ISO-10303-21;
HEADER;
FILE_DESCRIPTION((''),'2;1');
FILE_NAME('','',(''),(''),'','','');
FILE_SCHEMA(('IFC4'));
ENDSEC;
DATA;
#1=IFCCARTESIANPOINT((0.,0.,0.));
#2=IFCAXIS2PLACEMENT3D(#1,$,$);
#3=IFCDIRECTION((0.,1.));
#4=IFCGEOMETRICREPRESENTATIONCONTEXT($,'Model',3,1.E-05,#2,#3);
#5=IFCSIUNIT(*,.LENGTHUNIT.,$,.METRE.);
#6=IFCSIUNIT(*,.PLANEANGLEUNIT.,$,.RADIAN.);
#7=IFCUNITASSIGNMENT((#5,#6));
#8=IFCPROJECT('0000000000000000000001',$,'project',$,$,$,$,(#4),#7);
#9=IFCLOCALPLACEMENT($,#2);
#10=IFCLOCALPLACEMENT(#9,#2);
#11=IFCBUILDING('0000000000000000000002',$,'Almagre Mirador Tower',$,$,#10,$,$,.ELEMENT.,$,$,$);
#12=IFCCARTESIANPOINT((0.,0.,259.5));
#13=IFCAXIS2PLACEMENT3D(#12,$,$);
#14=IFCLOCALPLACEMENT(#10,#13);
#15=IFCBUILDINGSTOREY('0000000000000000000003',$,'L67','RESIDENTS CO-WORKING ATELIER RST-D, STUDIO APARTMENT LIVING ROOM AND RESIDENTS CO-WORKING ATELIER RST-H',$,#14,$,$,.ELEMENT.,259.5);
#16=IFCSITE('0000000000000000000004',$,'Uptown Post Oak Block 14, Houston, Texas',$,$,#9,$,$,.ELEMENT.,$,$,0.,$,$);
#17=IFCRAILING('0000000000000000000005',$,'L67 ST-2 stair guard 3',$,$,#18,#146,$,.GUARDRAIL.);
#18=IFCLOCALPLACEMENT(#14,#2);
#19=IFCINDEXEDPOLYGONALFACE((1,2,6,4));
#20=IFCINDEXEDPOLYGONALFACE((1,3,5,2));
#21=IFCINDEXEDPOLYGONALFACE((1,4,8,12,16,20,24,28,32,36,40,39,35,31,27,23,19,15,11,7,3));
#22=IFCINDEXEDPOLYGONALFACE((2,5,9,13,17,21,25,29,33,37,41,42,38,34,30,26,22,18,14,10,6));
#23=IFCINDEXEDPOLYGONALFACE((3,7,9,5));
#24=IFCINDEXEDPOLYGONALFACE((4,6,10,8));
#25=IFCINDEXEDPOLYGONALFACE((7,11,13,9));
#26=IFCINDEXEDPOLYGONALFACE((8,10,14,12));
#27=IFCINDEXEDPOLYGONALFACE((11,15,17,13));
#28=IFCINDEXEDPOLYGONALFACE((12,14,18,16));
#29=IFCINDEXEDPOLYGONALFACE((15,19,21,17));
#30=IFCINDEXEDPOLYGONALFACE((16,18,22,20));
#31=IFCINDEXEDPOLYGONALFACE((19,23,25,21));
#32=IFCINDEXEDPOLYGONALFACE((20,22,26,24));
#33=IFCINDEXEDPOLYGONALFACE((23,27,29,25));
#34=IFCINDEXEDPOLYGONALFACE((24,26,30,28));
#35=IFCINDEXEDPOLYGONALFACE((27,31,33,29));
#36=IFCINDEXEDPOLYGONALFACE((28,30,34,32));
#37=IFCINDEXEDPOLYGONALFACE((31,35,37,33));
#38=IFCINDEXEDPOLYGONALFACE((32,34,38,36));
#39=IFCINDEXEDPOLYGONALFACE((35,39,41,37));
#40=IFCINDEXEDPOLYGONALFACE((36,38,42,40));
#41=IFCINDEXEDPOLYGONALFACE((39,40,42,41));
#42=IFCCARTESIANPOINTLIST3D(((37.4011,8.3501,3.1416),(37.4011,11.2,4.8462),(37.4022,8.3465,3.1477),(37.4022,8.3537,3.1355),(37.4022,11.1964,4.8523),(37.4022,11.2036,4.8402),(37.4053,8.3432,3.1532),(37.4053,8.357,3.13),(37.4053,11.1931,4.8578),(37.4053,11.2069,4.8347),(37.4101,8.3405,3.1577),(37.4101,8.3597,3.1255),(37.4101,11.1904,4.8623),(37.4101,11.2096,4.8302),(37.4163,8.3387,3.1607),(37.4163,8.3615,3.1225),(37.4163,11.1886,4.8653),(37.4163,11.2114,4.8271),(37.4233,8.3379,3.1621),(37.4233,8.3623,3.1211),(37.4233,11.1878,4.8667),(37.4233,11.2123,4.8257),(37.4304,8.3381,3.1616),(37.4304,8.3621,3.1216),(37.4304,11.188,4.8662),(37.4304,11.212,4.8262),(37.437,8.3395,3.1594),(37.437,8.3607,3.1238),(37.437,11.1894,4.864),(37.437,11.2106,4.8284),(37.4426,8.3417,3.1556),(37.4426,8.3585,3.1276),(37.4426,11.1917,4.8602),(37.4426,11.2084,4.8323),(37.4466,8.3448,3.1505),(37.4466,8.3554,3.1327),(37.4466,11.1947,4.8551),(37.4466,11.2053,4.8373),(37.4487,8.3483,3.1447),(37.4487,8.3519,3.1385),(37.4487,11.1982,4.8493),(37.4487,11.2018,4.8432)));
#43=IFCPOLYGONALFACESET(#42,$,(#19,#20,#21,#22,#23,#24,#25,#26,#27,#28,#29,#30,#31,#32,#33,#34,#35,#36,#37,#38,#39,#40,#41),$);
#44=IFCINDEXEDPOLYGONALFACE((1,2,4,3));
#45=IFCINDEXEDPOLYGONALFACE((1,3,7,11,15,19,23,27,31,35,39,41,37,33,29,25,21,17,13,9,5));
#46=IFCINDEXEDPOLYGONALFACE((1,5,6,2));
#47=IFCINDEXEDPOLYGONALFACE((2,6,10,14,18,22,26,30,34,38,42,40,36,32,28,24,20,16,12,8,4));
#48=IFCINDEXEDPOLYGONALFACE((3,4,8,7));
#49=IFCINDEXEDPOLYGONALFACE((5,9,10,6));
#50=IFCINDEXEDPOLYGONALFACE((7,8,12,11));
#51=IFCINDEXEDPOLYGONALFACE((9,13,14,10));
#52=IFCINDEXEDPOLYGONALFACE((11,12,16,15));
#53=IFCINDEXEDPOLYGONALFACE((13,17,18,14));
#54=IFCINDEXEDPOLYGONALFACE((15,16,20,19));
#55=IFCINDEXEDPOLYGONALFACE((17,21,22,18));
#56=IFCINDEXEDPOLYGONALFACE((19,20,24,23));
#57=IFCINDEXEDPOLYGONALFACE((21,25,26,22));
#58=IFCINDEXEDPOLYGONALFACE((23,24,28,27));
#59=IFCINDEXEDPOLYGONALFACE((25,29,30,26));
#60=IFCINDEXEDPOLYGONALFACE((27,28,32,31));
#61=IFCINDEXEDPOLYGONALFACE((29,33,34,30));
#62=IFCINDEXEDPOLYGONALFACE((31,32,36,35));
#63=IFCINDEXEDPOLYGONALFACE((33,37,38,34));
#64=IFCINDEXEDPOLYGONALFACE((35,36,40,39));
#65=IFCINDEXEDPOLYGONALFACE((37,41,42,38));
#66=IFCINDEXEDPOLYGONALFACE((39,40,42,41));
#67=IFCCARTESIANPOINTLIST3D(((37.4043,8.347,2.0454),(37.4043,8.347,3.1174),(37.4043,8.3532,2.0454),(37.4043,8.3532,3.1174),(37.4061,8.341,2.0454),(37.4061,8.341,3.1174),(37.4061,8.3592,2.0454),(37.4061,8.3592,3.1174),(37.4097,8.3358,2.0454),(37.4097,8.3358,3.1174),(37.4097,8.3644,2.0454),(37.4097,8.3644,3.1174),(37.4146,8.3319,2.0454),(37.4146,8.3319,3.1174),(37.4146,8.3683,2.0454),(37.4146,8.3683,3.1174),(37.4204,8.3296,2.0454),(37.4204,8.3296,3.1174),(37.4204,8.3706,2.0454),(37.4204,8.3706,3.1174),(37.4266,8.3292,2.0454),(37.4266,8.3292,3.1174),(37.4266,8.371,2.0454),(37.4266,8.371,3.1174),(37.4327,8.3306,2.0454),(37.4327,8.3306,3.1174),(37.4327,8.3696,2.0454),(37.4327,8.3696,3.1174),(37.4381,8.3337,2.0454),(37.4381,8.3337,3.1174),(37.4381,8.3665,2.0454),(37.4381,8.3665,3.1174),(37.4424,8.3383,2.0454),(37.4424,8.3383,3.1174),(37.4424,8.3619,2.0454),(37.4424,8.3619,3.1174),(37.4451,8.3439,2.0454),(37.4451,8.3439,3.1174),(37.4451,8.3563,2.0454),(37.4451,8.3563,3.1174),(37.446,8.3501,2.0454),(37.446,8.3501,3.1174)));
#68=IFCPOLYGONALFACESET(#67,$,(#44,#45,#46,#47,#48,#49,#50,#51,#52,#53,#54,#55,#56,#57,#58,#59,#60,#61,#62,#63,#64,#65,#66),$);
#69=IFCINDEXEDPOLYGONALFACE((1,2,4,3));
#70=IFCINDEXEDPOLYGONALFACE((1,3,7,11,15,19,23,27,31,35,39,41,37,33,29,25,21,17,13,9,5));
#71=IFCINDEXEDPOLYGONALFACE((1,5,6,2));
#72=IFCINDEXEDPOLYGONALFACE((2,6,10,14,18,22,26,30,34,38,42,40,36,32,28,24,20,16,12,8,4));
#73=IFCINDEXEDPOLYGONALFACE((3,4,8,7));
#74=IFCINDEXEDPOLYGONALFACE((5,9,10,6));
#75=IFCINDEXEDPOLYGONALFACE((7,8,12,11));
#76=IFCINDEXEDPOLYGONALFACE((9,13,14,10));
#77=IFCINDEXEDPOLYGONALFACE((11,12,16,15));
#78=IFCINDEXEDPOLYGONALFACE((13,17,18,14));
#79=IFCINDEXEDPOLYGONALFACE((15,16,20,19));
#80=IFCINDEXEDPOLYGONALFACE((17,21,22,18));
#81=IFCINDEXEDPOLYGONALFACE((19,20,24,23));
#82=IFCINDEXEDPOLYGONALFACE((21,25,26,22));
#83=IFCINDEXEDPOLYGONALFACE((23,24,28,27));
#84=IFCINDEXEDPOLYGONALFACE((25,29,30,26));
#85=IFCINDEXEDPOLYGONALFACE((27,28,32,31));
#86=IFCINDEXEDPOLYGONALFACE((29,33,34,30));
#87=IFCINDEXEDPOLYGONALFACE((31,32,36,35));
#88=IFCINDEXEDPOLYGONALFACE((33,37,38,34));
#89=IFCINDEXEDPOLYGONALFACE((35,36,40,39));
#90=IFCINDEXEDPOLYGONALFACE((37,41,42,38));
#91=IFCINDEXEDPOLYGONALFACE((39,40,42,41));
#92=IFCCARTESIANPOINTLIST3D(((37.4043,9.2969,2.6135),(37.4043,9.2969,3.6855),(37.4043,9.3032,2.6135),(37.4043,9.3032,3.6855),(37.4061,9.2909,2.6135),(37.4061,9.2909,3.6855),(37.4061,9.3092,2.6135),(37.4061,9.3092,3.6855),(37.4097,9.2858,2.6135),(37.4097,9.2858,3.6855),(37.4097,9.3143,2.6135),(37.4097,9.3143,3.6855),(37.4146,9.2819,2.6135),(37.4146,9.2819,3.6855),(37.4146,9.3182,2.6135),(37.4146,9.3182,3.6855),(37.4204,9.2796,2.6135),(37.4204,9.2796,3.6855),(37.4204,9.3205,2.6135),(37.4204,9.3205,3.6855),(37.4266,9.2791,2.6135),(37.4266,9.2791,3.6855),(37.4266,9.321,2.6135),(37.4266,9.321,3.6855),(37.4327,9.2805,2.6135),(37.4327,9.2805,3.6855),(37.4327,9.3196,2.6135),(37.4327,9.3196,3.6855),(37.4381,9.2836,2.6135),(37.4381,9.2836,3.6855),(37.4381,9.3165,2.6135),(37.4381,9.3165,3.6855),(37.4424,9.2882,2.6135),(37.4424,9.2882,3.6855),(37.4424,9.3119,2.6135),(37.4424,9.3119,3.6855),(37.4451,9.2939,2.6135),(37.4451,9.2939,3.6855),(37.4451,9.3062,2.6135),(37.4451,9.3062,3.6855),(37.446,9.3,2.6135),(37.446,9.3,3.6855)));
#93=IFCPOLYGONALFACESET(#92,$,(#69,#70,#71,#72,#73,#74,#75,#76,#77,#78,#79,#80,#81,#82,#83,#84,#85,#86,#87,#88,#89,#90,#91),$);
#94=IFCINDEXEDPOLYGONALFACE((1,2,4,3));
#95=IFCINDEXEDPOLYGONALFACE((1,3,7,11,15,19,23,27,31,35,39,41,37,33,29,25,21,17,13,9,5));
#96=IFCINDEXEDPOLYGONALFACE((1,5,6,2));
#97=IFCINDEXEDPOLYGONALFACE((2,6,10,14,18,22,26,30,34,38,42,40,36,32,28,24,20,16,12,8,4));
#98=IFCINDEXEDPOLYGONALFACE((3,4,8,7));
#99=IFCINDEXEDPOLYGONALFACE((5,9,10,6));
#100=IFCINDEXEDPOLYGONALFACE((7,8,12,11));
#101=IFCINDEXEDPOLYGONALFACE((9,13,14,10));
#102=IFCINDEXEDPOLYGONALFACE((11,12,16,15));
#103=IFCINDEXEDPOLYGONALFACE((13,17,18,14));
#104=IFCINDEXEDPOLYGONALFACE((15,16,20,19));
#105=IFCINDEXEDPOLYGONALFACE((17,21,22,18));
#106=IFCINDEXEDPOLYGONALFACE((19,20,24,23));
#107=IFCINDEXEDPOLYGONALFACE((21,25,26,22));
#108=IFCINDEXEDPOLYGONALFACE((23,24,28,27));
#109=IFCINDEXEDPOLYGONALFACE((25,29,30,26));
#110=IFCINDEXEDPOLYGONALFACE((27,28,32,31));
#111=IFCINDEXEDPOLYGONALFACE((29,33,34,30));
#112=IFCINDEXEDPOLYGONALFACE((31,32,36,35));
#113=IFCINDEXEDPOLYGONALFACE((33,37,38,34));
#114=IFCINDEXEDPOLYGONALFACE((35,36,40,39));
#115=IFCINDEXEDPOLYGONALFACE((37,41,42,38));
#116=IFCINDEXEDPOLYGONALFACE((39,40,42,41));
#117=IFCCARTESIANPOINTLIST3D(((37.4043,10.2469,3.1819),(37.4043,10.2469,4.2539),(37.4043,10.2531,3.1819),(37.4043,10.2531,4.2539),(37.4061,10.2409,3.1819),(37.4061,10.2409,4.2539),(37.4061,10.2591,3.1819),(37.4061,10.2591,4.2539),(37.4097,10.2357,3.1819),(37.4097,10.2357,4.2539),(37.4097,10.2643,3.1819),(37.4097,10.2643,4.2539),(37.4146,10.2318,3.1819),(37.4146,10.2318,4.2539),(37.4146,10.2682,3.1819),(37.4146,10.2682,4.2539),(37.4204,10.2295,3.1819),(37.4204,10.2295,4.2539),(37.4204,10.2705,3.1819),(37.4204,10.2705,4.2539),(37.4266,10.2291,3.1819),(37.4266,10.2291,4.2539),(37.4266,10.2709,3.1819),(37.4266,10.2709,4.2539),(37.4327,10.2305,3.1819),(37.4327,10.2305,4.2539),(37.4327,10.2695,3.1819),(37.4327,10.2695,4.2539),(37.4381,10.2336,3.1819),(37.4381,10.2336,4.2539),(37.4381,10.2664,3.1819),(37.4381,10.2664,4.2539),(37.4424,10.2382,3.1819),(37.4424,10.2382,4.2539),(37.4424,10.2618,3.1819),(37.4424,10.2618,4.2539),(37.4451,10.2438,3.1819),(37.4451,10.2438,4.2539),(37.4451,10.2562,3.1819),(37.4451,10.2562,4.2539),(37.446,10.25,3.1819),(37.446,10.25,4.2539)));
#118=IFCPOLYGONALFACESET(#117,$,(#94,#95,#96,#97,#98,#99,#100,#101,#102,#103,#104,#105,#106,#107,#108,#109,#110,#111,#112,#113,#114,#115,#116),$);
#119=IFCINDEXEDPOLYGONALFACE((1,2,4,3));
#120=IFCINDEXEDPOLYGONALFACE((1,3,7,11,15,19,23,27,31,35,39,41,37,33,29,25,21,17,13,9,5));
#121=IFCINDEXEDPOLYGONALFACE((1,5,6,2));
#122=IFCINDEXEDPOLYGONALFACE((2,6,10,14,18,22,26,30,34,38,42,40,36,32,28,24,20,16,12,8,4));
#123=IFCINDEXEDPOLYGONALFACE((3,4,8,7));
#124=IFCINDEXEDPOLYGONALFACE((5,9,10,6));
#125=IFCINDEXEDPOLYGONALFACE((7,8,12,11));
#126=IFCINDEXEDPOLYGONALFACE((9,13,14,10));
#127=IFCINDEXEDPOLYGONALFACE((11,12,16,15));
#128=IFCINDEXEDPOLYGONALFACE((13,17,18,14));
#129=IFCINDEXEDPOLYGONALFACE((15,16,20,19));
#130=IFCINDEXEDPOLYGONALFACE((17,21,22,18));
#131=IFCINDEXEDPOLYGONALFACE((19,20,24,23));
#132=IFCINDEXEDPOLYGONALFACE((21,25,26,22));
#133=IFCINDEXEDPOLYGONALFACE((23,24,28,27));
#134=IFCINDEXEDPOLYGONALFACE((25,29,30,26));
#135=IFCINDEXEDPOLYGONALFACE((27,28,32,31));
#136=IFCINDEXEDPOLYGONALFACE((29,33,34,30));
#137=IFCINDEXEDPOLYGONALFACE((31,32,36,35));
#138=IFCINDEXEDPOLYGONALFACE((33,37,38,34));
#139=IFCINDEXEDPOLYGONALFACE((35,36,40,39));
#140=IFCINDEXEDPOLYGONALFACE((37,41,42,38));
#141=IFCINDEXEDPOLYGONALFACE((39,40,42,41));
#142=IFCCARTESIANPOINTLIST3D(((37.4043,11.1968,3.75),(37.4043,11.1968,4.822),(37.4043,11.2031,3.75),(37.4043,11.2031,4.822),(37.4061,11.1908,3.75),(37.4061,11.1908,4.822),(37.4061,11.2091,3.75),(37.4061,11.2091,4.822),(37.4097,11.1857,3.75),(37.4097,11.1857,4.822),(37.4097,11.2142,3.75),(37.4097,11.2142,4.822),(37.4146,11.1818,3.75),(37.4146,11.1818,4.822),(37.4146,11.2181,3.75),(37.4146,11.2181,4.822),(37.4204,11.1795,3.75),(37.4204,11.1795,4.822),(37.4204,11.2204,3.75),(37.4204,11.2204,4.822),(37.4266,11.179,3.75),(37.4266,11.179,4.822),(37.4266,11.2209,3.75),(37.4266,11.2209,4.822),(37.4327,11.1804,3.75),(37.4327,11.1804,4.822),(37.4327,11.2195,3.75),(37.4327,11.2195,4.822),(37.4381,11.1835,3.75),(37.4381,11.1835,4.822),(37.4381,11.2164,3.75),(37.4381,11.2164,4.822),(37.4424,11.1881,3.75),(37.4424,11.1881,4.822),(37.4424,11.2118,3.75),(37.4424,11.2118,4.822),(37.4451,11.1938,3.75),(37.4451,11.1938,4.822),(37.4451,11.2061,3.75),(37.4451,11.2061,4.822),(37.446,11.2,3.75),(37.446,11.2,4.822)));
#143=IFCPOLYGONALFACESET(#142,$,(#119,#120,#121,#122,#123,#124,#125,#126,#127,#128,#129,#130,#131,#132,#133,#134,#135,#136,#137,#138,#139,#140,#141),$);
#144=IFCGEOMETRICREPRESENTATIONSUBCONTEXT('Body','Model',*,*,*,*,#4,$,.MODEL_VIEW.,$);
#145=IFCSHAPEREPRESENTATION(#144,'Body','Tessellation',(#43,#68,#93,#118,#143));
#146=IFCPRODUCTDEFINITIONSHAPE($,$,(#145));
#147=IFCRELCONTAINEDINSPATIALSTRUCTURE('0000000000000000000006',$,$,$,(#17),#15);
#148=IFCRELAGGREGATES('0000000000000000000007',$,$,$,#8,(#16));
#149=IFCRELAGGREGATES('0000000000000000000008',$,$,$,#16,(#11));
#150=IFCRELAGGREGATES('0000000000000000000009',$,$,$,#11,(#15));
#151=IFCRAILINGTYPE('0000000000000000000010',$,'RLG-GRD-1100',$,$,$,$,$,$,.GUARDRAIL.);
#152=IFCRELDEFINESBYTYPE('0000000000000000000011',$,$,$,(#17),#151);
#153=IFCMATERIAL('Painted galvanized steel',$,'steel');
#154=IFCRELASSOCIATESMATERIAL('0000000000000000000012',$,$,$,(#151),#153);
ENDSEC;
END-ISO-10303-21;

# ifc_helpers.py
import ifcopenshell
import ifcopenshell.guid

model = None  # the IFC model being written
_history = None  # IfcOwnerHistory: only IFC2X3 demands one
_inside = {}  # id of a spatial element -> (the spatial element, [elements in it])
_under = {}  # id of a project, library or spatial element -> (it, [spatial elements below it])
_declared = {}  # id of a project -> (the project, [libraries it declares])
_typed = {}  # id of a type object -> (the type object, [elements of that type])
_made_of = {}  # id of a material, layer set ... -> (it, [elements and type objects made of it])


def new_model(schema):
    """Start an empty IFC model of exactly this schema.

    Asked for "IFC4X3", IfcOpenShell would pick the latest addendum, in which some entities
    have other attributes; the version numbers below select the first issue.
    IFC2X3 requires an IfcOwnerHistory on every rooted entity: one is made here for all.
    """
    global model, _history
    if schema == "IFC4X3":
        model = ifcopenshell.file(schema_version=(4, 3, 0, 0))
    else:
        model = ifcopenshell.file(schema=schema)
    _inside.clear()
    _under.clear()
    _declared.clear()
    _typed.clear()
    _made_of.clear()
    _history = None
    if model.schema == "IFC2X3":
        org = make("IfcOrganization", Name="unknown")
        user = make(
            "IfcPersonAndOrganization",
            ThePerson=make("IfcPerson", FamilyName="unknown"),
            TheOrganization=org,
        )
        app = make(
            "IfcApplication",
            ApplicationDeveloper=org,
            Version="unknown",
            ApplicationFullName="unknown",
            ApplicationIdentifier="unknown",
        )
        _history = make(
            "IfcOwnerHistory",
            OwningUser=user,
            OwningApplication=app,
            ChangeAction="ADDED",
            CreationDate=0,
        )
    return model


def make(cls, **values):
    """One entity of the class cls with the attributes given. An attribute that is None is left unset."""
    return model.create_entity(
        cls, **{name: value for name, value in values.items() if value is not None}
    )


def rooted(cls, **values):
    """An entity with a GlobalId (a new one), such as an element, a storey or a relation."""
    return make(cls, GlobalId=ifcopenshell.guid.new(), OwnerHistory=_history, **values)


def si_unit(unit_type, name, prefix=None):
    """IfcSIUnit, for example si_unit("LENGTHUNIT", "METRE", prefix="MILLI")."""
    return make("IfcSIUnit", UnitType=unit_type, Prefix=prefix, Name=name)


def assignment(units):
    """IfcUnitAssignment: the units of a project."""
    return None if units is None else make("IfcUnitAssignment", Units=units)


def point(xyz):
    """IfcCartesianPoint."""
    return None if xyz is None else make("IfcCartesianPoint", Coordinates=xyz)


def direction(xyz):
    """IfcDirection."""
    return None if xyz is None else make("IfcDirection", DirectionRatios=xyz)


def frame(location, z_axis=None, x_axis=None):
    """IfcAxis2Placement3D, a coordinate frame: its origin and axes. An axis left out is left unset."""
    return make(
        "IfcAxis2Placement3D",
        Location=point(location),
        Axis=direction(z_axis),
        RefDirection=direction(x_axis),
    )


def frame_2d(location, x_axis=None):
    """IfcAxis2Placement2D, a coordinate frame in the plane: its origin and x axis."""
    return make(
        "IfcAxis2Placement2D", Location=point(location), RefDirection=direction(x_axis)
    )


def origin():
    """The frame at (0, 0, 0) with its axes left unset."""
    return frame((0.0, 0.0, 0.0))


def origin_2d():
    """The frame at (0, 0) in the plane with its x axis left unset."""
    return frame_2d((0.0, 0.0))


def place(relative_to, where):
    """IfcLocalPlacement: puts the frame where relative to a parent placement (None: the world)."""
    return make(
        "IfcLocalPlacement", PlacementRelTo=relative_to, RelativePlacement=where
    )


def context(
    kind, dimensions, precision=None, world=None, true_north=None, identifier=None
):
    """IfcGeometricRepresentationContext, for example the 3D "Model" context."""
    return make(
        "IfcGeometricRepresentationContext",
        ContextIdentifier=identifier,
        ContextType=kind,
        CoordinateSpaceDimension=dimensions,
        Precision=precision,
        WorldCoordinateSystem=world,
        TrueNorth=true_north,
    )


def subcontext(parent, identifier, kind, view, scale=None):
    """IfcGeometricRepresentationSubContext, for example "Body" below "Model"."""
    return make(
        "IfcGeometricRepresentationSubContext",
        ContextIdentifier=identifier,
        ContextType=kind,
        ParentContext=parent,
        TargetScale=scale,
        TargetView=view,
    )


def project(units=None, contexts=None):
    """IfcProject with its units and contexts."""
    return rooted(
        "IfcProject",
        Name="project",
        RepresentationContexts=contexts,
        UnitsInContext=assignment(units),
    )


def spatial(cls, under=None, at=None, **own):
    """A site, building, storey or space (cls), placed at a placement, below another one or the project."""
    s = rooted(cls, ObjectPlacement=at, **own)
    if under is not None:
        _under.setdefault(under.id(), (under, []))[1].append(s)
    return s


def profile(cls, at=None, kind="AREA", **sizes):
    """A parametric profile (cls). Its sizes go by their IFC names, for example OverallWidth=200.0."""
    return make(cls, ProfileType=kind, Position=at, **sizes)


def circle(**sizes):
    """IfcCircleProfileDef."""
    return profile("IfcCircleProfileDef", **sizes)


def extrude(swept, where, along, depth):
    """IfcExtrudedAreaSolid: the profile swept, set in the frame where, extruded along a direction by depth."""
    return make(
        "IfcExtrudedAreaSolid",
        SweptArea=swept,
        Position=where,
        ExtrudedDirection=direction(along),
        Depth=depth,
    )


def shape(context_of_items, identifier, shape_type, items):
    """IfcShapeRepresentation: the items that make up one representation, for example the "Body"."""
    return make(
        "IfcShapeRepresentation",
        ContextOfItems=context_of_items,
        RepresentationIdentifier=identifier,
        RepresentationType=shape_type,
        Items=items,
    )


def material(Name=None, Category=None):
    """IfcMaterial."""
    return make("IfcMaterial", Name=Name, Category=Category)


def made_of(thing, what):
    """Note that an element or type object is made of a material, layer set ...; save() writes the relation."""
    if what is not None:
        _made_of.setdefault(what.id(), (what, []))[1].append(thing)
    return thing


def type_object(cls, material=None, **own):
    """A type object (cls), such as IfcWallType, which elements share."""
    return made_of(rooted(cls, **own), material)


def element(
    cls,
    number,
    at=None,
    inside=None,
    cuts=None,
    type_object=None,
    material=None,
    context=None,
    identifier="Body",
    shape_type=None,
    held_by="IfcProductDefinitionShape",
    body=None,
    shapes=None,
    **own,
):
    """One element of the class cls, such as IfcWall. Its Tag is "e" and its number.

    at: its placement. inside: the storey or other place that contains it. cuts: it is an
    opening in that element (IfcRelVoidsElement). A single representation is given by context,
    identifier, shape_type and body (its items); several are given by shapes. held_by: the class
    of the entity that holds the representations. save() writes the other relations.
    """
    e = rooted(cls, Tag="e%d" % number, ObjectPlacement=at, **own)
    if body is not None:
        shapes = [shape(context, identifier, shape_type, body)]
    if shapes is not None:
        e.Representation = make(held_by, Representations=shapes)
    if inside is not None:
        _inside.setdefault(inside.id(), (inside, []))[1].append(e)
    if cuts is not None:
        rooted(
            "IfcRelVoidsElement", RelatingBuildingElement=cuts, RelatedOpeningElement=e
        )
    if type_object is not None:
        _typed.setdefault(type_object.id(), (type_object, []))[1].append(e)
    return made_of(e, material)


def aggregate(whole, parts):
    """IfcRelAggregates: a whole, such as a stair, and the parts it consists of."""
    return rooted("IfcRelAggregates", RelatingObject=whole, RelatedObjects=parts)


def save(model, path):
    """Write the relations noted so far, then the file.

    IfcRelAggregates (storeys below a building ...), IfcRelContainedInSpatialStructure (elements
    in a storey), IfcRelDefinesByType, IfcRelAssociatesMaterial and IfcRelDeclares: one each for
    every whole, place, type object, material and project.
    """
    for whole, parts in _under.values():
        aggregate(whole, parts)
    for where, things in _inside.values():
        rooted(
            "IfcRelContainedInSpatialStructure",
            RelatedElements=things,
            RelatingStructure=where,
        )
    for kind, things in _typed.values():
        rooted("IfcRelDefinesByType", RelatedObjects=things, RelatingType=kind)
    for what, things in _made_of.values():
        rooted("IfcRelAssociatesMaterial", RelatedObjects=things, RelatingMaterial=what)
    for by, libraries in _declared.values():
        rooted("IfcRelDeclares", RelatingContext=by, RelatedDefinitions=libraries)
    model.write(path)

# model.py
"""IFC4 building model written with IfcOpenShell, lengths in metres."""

from ifc_helpers import new_model, si_unit, direction, frame, origin, origin_2d, place, context, subcontext, project, spatial, circle, extrude, material, type_object, element, save


model = new_model("IFC4")

# Units and contexts
model_context = context("Model", 3, precision=1e-05, world=origin(), true_north=direction((0.0, 1.0)))
body_context = subcontext(model_context, "Body", "Model", "MODEL_VIEW")
ifc_project = project(units=[si_unit("LENGTHUNIT", "METRE"), si_unit("PLANEANGLEUNIT", "RADIAN")], contexts=[model_context])

# Site, building, storey
site_placement = place(None, origin())
site = spatial("IfcSite", under=ifc_project, at=site_placement, Name="Uptown Post Oak Block 14, Houston, Texas", CompositionType="ELEMENT", RefElevation=0.0)
building_placement = place(site_placement, origin())
building = spatial("IfcBuilding", under=site, at=building_placement, Name="Almagre Mirador Tower", CompositionType="ELEMENT")
storey_placement = place(building_placement, frame((0.0, 0.0, 259.5)))
storey = spatial("IfcBuildingStorey", under=building, at=storey_placement, Name="L67", Description="RESIDENTS CO-WORKING ATELIER RST-D, STUDIO APARTMENT LIVING ROOM AND RESIDENTS CO-WORKING ATELIER RST-H", CompositionType="ELEMENT", Elevation=259.5)

# Railing
ifc_material_1 = material(Name="Painted galvanized steel", Category="steel")
railing_type_1 = type_object("IfcRailingType", Name="RLG-GRD-1100", PredefinedType="GUARDRAIL", material=ifc_material_1)
railing_1_placement = place(storey_placement, frame((37.425, 8.3501, 2.0454)))
element("IfcRailing", 1, at=railing_1_placement, inside=storey, type_object=railing_type_1, Name="L67 ST-2 stair guard 3", PredefinedType="GUARDRAIL", context=body_context, shape_type="SweptSolid", body=[
    extrude(circle(Radius=0.0239, at=origin_2d()), frame((0.0, 0.0, 1.0962), z_axis=(0.0, 0.858199, 0.513317), x_axis=(-1.0, 0.0, 0.0)), (0.0, 0.0, 1.0), 3.3208),
    extrude(circle(Radius=0.021, at=origin_2d()), origin(), (0.0, 0.0, 1.0), 1.072),
    extrude(circle(Radius=0.021, at=origin_2d()), frame((0.0, 0.95, 0.5681)), (0.0, 0.0, 1.0), 1.072),
    extrude(circle(Radius=0.021, at=origin_2d()), frame((0.0, 1.8999, 1.1365)), (0.0, 0.0, 1.0), 1.072),
    extrude(circle(Radius=0.021, at=origin_2d()), frame((0.0, 2.8499, 1.7046)), (0.0, 0.0, 1.0), 1.072),
])

save(model, "model.ifc")
